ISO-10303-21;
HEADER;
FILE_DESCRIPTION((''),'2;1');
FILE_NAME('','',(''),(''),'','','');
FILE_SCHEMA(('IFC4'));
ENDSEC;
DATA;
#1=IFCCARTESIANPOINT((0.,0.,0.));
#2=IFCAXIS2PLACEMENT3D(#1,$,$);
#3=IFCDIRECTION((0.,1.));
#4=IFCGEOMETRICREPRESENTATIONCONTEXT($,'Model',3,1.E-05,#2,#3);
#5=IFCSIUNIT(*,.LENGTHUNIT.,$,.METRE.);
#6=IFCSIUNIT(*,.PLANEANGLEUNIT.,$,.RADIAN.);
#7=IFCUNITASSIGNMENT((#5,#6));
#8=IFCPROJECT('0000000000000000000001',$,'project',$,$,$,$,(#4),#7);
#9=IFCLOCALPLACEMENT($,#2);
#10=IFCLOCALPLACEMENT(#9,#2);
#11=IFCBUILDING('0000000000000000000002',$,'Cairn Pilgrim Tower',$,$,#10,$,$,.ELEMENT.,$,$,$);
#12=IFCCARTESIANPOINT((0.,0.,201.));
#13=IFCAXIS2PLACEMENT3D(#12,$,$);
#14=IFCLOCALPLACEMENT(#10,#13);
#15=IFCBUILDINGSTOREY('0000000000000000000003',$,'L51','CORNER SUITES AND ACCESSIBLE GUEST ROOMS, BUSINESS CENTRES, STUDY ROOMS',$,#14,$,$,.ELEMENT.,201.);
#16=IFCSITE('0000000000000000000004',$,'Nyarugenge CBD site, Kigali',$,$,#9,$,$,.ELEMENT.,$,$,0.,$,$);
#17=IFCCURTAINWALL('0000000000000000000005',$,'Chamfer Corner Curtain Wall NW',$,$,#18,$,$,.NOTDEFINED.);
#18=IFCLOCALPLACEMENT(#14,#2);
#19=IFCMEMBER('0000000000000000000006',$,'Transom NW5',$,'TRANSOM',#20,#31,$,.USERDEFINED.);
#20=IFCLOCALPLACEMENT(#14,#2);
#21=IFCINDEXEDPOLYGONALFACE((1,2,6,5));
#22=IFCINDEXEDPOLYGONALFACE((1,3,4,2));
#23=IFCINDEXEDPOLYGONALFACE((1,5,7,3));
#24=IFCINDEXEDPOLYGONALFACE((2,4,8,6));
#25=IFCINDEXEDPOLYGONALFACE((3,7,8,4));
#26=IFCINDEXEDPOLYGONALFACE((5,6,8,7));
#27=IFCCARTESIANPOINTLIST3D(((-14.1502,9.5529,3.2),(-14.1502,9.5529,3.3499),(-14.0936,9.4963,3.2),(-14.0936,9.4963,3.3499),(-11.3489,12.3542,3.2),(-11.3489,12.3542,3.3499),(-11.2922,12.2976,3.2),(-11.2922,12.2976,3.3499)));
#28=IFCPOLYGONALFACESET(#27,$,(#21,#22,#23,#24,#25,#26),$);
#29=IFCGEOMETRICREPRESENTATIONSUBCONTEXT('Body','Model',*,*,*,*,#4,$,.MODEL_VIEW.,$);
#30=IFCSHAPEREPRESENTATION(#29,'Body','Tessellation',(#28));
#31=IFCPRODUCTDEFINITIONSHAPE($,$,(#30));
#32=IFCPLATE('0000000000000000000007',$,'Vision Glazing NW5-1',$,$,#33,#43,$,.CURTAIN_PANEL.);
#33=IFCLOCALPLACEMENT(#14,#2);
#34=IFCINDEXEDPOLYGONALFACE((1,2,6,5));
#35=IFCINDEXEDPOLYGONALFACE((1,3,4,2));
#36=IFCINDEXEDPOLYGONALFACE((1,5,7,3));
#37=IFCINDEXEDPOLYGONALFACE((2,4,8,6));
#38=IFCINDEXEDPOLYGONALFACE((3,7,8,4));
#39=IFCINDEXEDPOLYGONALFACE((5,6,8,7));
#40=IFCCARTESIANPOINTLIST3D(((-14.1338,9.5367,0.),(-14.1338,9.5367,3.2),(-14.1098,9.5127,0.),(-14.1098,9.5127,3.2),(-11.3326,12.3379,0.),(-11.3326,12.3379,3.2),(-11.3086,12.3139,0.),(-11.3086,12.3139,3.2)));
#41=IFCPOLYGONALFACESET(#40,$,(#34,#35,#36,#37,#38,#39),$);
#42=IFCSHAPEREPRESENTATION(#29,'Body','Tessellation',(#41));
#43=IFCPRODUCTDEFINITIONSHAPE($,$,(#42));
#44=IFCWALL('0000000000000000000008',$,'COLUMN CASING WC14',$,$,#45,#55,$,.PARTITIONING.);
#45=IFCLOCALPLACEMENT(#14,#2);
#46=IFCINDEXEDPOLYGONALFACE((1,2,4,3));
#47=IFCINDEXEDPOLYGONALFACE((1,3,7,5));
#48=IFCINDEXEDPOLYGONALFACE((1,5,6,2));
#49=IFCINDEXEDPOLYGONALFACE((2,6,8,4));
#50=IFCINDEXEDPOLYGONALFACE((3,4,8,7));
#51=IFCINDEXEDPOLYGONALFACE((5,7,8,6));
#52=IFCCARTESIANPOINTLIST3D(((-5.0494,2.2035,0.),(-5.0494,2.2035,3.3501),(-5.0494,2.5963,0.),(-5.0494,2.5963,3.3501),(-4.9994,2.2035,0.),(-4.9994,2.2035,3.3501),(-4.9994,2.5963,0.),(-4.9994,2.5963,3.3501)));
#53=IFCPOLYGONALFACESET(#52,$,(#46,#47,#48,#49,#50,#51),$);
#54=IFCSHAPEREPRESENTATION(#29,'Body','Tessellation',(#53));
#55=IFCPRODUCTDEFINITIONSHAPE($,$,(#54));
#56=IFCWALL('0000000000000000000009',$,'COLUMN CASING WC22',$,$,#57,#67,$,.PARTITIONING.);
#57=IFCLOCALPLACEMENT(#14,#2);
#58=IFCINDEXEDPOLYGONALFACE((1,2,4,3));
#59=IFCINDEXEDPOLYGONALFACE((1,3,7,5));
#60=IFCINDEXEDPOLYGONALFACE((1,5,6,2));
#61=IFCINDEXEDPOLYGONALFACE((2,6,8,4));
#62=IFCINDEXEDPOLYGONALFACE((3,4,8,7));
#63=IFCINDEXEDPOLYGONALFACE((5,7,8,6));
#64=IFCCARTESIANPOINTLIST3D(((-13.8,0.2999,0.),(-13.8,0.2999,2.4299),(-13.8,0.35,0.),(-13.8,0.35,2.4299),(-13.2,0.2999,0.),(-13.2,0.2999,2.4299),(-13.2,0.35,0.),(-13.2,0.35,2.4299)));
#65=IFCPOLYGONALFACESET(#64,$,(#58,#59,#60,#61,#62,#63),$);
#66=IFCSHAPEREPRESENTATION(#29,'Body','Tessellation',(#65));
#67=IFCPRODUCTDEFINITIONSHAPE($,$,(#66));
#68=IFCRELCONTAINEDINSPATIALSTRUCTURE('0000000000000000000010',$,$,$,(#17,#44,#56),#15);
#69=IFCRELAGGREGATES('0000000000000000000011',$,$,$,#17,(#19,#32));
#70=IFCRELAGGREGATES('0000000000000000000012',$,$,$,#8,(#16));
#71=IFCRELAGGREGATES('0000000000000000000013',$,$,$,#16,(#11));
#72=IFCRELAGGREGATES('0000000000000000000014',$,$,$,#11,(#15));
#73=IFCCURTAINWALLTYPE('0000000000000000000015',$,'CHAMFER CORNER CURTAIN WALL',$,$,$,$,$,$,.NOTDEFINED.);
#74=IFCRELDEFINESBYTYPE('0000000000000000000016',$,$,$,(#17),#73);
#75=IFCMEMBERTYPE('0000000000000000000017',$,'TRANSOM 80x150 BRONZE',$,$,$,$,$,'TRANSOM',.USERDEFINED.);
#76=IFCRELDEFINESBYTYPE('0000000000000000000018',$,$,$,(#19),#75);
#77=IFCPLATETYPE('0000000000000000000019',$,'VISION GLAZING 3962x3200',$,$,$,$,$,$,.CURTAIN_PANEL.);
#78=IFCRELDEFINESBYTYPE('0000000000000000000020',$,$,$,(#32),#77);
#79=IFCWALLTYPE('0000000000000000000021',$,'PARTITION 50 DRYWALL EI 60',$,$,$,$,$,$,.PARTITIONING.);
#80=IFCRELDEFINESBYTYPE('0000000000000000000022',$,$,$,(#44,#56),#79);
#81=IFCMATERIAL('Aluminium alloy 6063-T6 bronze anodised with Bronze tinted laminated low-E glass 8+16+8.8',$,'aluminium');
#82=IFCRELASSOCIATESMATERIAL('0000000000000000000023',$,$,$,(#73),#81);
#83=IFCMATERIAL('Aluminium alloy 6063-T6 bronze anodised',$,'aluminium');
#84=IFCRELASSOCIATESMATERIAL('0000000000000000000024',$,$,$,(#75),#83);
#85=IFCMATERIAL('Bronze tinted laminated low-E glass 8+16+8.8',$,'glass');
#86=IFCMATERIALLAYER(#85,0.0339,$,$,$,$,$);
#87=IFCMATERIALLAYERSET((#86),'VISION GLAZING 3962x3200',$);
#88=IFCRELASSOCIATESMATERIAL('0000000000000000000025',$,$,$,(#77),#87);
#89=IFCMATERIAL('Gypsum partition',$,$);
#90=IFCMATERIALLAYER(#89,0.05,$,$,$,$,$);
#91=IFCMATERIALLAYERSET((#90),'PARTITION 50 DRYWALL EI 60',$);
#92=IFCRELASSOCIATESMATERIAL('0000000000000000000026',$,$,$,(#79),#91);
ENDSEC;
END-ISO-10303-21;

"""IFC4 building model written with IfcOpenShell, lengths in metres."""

from ifc_helpers import new_model, si_unit, direction, frame, frame_2d, origin, origin_2d, place, context, subcontext, project, spatial, rectangle, extrude, material, layer, layer_set, material_profile, profile_set, type_object, element, aggregate, save


model = new_model("IFC4")

# Units and contexts
model_context = context("Model", 3, precision=1e-05, world=origin(), true_north=direction((0.0, 1.0)))
body_context = subcontext(model_context, "Body", "Model", "MODEL_VIEW")
ifc_project = project(units=[si_unit("LENGTHUNIT", "METRE"), si_unit("PLANEANGLEUNIT", "RADIAN")], contexts=[model_context])

# Site, building, storey
site_placement = place(None, origin())
site = spatial("IfcSite", under=ifc_project, at=site_placement, Name="Nyarugenge CBD site, Kigali", CompositionType="ELEMENT", RefElevation=0.0)
building_placement = place(site_placement, origin())
building = spatial("IfcBuilding", under=site, at=building_placement, Name="Cairn Pilgrim Tower", CompositionType="ELEMENT")
storey_placement = place(building_placement, frame((0.0, 0.0, 201.0)))
storey = spatial("IfcBuildingStorey", under=building, at=storey_placement, Name="L51", Description="CORNER SUITES AND ACCESSIBLE GUEST ROOMS, BUSINESS CENTRES, STUDY ROOMS", CompositionType="ELEMENT", Elevation=201.0)

# Curtain wall
ifc_material_1 = material(Name="Aluminium alloy 6063-T6 bronze anodised with Bronze tinted laminated low-E glass 8+16+8.8", Category="aluminium")
curtain_wall_type_1 = type_object("IfcCurtainWallType", Name="CHAMFER CORNER CURTAIN WALL", PredefinedType="NOTDEFINED", material=ifc_material_1)
curtain_wall_1_placement = place(storey_placement, origin())
curtain_wall_1 = element("IfcCurtainWall", 1, at=curtain_wall_1_placement, inside=storey, type_object=curtain_wall_type_1, Name="Chamfer Corner Curtain Wall NW", PredefinedType="NOTDEFINED")
ifc_material_2 = material(Name="Aluminium alloy 6063-T6 bronze anodised", Category="aluminium")

# Member
ifc_material_profile_1 = material_profile(ifc_material_2, rectangle(XDim=0.0801, YDim=0.1499, at=origin_2d()), Name="TRANSOM 80x150 BRONZE")
ifc_profile_set_1 = profile_set([ifc_material_profile_1], Name="Aluminium alloy 6063-T6 bronze anodised")
member_type_1 = type_object("IfcMemberType", Name="TRANSOM 80x150 BRONZE", ElementType="TRANSOM", PredefinedType="USERDEFINED", material=ifc_profile_set_1)
member_1_placement = place(storey_placement, frame((-11.3206, 12.3259, 3.2749), z_axis=(-0.707107, -0.707107, 0.0), x_axis=(0.707107, -0.707107, 0.0)))
member_1 = element("IfcMember", 2, at=member_1_placement, type_object=member_type_1, Name="Transom NW5", ObjectType="TRANSOM", PredefinedType="USERDEFINED", context=body_context, shape_type="SweptSolid", body=[
    extrude(rectangle(XDim=0.0801, YDim=0.1499, at=origin_2d()), origin(), (0.0, 0.0, 1.0), 3.9617),
])

# Plate
ifc_material_3 = material(Name="Bronze tinted laminated low-E glass 8+16+8.8", Category="glass")
ifc_layer_1 = layer(ifc_material_3, 0.0339)
ifc_layer_set_1 = layer_set([ifc_layer_1], Name="VISION GLAZING 3962x3200")
plate_type = type_object("IfcPlateType", Name="VISION GLAZING 3962x3200", PredefinedType="CURTAIN_PANEL", material=ifc_layer_set_1)
plate_placement = place(storey_placement, frame((-12.7212, 10.9253, 0.0), z_axis=(0.0, 0.0, 1.0), x_axis=(-0.707107, -0.707107, 0.0)))
plate = element("IfcPlate", 3, at=plate_placement, type_object=plate_type, Name="Vision Glazing NW5-1", PredefinedType="CURTAIN_PANEL", context=body_context, shape_type="SweptSolid", body=[
    extrude(rectangle(XDim=3.9614, YDim=0.0339, at=origin_2d()), origin(), (0.0, 0.0, 1.0), 3.2),
])
aggregate(curtain_wall_1, [member_1, plate])

# Walls
ifc_material_4 = material(Name="Gypsum partition")
ifc_layer_2 = layer(ifc_material_4, 0.05)
ifc_layer_set_2 = layer_set([ifc_layer_2], Name="PARTITION 50 DRYWALL EI 60")
wall_type_1 = type_object("IfcWallType", Name="PARTITION 50 DRYWALL EI 60", PredefinedType="PARTITIONING", material=ifc_layer_set_2)
wall_1_placement = place(storey_placement, frame((-5.0244, 2.2036, 0.0), z_axis=(0.0, 0.0, 1.0), x_axis=(0.0, 1.0, 0.0)))
element("IfcWall", 4, at=wall_1_placement, inside=storey, type_object=wall_type_1, Name="COLUMN CASING WC14", PredefinedType="PARTITIONING", context=body_context, shape_type="SweptSolid", body=[
    extrude(rectangle(XDim=0.3928, YDim=0.05, at=frame_2d((0.1963, 0.0))), origin(), (0.0, 0.0, 1.0), 3.3501),
])
wall_2_placement = place(storey_placement, frame((-13.8, 0.325, 0.0), z_axis=(0.0, 0.0, 1.0), x_axis=(1.0, 0.0, 0.0)))
element("IfcWall", 5, at=wall_2_placement, inside=storey, type_object=wall_type_1, Name="COLUMN CASING WC22", PredefinedType="PARTITIONING", context=body_context, shape_type="SweptSolid", body=[
    extrude(rectangle(XDim=0.6001, YDim=0.05, at=frame_2d((0.3, 0.0))), origin(), (0.0, 0.0, 1.0), 2.4299),
])

save(model, "model.ifc")
